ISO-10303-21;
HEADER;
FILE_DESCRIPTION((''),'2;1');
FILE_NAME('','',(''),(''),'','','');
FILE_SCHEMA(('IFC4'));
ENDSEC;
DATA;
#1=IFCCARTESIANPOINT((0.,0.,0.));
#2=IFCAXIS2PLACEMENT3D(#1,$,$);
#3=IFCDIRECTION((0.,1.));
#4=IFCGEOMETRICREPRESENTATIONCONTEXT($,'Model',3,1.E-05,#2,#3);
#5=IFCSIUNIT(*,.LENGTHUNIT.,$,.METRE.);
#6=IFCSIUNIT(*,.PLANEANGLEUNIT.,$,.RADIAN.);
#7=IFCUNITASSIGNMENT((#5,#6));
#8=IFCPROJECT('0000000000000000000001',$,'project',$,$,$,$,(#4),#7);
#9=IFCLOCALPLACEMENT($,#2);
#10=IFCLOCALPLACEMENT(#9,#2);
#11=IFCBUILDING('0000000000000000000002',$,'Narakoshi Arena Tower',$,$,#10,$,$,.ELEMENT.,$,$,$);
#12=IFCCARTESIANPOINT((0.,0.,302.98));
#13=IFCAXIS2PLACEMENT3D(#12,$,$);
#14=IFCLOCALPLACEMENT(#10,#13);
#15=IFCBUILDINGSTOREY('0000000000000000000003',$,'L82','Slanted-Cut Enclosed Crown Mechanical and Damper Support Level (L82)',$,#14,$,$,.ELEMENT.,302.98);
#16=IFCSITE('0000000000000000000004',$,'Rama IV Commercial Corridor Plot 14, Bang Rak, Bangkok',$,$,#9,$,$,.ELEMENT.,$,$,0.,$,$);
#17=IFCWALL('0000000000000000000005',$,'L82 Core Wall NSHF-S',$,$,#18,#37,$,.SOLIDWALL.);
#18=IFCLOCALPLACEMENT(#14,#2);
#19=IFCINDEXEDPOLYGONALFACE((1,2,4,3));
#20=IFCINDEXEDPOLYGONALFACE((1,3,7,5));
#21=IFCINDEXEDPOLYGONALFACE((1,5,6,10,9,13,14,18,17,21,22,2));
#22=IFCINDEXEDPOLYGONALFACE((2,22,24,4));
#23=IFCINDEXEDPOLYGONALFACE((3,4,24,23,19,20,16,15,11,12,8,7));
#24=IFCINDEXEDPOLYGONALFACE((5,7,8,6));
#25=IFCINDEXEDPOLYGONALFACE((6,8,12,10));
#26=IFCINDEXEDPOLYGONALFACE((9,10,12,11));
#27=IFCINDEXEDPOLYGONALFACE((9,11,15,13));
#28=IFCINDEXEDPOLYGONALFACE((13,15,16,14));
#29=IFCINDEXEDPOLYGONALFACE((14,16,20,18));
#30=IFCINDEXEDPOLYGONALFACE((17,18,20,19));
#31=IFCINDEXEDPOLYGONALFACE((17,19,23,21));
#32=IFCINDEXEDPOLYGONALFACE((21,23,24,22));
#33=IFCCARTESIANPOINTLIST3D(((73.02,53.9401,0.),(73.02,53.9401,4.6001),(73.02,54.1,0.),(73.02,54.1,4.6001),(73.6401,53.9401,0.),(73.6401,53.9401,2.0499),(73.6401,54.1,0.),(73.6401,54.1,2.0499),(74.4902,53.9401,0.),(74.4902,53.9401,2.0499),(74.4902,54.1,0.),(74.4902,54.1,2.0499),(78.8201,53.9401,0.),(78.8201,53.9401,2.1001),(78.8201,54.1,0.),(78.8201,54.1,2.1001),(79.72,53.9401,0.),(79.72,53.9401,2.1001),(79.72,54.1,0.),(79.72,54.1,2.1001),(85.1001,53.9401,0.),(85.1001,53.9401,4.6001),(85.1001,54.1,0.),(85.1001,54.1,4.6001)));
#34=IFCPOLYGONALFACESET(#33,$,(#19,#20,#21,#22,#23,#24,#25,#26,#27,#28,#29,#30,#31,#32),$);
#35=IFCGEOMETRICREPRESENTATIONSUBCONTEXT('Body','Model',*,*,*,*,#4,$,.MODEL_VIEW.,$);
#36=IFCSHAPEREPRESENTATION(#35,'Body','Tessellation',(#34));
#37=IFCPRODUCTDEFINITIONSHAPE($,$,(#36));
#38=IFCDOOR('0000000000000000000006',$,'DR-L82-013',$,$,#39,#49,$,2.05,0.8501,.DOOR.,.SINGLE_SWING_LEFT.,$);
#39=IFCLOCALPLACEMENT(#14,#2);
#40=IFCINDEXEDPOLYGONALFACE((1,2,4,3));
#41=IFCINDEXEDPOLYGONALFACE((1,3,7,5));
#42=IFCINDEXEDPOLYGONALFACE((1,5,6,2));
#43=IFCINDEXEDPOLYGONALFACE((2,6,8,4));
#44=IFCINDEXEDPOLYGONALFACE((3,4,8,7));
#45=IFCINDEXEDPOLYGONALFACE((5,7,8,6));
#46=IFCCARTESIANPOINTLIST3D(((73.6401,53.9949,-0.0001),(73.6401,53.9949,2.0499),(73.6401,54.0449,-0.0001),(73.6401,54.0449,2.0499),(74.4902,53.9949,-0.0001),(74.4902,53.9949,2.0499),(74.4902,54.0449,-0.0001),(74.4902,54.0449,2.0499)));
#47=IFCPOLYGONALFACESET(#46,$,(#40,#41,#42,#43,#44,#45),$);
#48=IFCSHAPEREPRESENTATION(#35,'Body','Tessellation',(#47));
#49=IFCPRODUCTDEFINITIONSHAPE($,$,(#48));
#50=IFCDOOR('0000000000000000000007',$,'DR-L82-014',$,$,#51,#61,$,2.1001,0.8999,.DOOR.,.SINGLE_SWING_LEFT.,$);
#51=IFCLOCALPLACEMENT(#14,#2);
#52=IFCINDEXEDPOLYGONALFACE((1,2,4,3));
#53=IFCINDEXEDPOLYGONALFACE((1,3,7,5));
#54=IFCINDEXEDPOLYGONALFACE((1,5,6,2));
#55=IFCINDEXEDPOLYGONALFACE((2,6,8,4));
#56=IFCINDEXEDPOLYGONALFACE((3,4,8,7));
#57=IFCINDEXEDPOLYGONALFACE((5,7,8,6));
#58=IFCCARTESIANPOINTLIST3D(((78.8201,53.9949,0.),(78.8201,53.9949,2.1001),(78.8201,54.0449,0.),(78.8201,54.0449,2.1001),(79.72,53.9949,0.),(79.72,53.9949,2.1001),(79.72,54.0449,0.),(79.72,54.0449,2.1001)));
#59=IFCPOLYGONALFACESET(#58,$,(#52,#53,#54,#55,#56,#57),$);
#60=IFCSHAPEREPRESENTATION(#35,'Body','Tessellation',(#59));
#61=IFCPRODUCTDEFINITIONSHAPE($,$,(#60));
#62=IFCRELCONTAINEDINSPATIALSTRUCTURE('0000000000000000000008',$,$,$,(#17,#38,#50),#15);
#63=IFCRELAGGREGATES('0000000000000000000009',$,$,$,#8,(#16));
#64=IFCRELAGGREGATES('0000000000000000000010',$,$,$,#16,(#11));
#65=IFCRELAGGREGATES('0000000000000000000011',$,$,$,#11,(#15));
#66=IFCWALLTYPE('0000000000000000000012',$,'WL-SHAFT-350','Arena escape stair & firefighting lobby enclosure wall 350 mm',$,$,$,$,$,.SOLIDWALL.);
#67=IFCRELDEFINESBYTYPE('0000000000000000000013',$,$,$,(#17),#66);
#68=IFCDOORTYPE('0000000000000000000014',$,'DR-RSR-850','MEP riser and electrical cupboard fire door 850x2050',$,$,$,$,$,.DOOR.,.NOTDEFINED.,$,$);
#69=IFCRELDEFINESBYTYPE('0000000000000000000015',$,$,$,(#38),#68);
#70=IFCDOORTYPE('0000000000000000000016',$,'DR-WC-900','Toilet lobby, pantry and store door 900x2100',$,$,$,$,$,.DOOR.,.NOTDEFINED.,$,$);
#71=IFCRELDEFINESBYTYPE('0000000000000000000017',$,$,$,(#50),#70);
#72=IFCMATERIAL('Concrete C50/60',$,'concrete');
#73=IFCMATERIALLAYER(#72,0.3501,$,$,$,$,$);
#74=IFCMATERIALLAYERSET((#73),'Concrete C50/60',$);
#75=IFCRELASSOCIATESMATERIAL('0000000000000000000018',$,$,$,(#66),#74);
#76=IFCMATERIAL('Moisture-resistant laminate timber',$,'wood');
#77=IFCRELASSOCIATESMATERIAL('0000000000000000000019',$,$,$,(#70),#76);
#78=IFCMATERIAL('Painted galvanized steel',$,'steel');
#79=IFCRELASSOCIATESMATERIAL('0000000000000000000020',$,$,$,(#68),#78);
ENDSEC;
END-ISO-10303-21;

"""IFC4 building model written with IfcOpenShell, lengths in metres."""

from ifc_helpers import new_model, si_unit, direction, frame, frame_2d, origin, place, context, subcontext, project, spatial, rectangle, extrude, material, layer, layer_set, type_object, element, fill, save


model = new_model("IFC4")

# Units and contexts
model_context = context("Model", 3, precision=1e-05, world=origin(), true_north=direction((0.0, 1.0)))
body_context = subcontext(model_context, "Body", "Model", "MODEL_VIEW")
ifc_project = project(units=[si_unit("LENGTHUNIT", "METRE"), si_unit("PLANEANGLEUNIT", "RADIAN")], contexts=[model_context])

# Site, building, storey
site_placement = place(None, origin())
site = spatial("IfcSite", under=ifc_project, at=site_placement, Name="Rama IV Commercial Corridor Plot 14, Bang Rak, Bangkok", CompositionType="ELEMENT", RefElevation=0.0)
building_placement = place(site_placement, origin())
building = spatial("IfcBuilding", under=site, at=building_placement, Name="Narakoshi Arena Tower", CompositionType="ELEMENT")
storey_placement = place(building_placement, frame((0.0, 0.0, 302.98)))
storey = spatial("IfcBuildingStorey", under=building, at=storey_placement, Name="L82", Description="Slanted-Cut Enclosed Crown Mechanical and Damper Support Level (L82)", CompositionType="ELEMENT", Elevation=302.98)

# Shared definitions
ifc_material_1 = material(Name="Concrete C50/60", Category="concrete")

# Shared definitions
ifc_layer_1 = layer(ifc_material_1, 0.3501)
ifc_layer_set_1 = layer_set([ifc_layer_1], Name="Concrete C50/60")
wall_type_1 = type_object("IfcWallType", Name="WL-SHAFT-350", Description="Arena escape stair & firefighting lobby enclosure wall 350 mm", PredefinedType="SOLIDWALL", material=ifc_layer_set_1)
ifc_material_2 = material(Name="Moisture-resistant laminate timber", Category="wood")
door_type_1 = type_object("IfcDoorType", Name="DR-WC-900", Description="Toilet lobby, pantry and store door 900x2100", OperationType="NOTDEFINED", PredefinedType="DOOR", material=ifc_material_2)

# Wall, openings, doors
wall_1_placement = place(storey_placement, frame((73.02, 54.02, 0.0), z_axis=(0.0, 0.0, 1.0), x_axis=(1.0, 0.0, 0.0)))
wall_1 = element("IfcWall", 1, at=wall_1_placement, inside=storey, type_object=wall_type_1, Name="L82 Core Wall NSHF-S", PredefinedType="SOLIDWALL", context=body_context, shape_type="SweptSolid", body=[
    extrude(rectangle(XDim=12.0801, YDim=0.1599, at=frame_2d((6.04, 0.0))), origin(), (0.0, 0.0, 1.0), 4.6001),
])
opening_1_placement = place(wall_1_placement, frame((0.6201, 0.0, 0.0)))
opening_1 = element("IfcOpeningElement", 2, at=opening_1_placement, cuts=wall_1, PredefinedType="OPENING", context=body_context, shape_type="SweptSolid", body=[
    extrude(rectangle(XDim=0.8501, YDim=2.05, at=frame_2d((0.425, 1.0249))), frame((0.0, 0.0898, 0.0), z_axis=(0.0, -1.0, 0.0), x_axis=(1.0, 0.0, 0.0)), (0.0, 0.0, 1.0), 0.1799),
])
opening_2_placement = place(wall_1_placement, frame((5.8, 0.0, 0.0)))
opening_2 = element("IfcOpeningElement", 3, at=opening_2_placement, cuts=wall_1, PredefinedType="OPENING", context=body_context, shape_type="SweptSolid", body=[
    extrude(rectangle(XDim=0.8999, YDim=2.1001, at=frame_2d((0.45, 1.05))), frame((0.0, 0.0898, 0.0), z_axis=(0.0, -1.0, 0.0), x_axis=(1.0, 0.0, 0.0)), (0.0, 0.0, 1.0), 0.1799),
])
ifc_material_3 = material(Name="Painted galvanized steel", Category="steel")
door_type_2 = type_object("IfcDoorType", Name="DR-RSR-850", Description="MEP riser and electrical cupboard fire door 850x2050", OperationType="NOTDEFINED", PredefinedType="DOOR", material=ifc_material_3)
door_1_placement = place(opening_1_placement, origin())
door_1 = element("IfcDoor", 4, at=door_1_placement, inside=storey, type_object=door_type_2, Name="DR-L82-013", OperationType="SINGLE_SWING_LEFT", OverallHeight=2.05, OverallWidth=0.8501, PredefinedType="DOOR", context=body_context, shape_type="SweptSolid", body=[
    extrude(rectangle(XDim=0.8501, YDim=2.05, at=frame_2d((0.425, 1.0249))), frame((0.0, 0.0249, 0.0), z_axis=(0.0, -1.0, 0.0), x_axis=(1.0, 0.0, 0.0)), (0.0, 0.0, 1.0), 0.05),
])
fill(opening_1, door_1)
door_2_placement = place(opening_2_placement, origin())
door_2 = element("IfcDoor", 5, at=door_2_placement, inside=storey, type_object=door_type_1, Name="DR-L82-014", OperationType="SINGLE_SWING_LEFT", OverallHeight=2.1001, OverallWidth=0.8999, PredefinedType="DOOR", context=body_context, shape_type="SweptSolid", body=[
    extrude(rectangle(XDim=0.8999, YDim=2.1001, at=frame_2d((0.45, 1.05))), frame((0.0, 0.0249, 0.0), z_axis=(0.0, -1.0, 0.0), x_axis=(1.0, 0.0, 0.0)), (0.0, 0.0, 1.0), 0.05),
])
fill(opening_2, door_2)

save(model, "model.ifc")
